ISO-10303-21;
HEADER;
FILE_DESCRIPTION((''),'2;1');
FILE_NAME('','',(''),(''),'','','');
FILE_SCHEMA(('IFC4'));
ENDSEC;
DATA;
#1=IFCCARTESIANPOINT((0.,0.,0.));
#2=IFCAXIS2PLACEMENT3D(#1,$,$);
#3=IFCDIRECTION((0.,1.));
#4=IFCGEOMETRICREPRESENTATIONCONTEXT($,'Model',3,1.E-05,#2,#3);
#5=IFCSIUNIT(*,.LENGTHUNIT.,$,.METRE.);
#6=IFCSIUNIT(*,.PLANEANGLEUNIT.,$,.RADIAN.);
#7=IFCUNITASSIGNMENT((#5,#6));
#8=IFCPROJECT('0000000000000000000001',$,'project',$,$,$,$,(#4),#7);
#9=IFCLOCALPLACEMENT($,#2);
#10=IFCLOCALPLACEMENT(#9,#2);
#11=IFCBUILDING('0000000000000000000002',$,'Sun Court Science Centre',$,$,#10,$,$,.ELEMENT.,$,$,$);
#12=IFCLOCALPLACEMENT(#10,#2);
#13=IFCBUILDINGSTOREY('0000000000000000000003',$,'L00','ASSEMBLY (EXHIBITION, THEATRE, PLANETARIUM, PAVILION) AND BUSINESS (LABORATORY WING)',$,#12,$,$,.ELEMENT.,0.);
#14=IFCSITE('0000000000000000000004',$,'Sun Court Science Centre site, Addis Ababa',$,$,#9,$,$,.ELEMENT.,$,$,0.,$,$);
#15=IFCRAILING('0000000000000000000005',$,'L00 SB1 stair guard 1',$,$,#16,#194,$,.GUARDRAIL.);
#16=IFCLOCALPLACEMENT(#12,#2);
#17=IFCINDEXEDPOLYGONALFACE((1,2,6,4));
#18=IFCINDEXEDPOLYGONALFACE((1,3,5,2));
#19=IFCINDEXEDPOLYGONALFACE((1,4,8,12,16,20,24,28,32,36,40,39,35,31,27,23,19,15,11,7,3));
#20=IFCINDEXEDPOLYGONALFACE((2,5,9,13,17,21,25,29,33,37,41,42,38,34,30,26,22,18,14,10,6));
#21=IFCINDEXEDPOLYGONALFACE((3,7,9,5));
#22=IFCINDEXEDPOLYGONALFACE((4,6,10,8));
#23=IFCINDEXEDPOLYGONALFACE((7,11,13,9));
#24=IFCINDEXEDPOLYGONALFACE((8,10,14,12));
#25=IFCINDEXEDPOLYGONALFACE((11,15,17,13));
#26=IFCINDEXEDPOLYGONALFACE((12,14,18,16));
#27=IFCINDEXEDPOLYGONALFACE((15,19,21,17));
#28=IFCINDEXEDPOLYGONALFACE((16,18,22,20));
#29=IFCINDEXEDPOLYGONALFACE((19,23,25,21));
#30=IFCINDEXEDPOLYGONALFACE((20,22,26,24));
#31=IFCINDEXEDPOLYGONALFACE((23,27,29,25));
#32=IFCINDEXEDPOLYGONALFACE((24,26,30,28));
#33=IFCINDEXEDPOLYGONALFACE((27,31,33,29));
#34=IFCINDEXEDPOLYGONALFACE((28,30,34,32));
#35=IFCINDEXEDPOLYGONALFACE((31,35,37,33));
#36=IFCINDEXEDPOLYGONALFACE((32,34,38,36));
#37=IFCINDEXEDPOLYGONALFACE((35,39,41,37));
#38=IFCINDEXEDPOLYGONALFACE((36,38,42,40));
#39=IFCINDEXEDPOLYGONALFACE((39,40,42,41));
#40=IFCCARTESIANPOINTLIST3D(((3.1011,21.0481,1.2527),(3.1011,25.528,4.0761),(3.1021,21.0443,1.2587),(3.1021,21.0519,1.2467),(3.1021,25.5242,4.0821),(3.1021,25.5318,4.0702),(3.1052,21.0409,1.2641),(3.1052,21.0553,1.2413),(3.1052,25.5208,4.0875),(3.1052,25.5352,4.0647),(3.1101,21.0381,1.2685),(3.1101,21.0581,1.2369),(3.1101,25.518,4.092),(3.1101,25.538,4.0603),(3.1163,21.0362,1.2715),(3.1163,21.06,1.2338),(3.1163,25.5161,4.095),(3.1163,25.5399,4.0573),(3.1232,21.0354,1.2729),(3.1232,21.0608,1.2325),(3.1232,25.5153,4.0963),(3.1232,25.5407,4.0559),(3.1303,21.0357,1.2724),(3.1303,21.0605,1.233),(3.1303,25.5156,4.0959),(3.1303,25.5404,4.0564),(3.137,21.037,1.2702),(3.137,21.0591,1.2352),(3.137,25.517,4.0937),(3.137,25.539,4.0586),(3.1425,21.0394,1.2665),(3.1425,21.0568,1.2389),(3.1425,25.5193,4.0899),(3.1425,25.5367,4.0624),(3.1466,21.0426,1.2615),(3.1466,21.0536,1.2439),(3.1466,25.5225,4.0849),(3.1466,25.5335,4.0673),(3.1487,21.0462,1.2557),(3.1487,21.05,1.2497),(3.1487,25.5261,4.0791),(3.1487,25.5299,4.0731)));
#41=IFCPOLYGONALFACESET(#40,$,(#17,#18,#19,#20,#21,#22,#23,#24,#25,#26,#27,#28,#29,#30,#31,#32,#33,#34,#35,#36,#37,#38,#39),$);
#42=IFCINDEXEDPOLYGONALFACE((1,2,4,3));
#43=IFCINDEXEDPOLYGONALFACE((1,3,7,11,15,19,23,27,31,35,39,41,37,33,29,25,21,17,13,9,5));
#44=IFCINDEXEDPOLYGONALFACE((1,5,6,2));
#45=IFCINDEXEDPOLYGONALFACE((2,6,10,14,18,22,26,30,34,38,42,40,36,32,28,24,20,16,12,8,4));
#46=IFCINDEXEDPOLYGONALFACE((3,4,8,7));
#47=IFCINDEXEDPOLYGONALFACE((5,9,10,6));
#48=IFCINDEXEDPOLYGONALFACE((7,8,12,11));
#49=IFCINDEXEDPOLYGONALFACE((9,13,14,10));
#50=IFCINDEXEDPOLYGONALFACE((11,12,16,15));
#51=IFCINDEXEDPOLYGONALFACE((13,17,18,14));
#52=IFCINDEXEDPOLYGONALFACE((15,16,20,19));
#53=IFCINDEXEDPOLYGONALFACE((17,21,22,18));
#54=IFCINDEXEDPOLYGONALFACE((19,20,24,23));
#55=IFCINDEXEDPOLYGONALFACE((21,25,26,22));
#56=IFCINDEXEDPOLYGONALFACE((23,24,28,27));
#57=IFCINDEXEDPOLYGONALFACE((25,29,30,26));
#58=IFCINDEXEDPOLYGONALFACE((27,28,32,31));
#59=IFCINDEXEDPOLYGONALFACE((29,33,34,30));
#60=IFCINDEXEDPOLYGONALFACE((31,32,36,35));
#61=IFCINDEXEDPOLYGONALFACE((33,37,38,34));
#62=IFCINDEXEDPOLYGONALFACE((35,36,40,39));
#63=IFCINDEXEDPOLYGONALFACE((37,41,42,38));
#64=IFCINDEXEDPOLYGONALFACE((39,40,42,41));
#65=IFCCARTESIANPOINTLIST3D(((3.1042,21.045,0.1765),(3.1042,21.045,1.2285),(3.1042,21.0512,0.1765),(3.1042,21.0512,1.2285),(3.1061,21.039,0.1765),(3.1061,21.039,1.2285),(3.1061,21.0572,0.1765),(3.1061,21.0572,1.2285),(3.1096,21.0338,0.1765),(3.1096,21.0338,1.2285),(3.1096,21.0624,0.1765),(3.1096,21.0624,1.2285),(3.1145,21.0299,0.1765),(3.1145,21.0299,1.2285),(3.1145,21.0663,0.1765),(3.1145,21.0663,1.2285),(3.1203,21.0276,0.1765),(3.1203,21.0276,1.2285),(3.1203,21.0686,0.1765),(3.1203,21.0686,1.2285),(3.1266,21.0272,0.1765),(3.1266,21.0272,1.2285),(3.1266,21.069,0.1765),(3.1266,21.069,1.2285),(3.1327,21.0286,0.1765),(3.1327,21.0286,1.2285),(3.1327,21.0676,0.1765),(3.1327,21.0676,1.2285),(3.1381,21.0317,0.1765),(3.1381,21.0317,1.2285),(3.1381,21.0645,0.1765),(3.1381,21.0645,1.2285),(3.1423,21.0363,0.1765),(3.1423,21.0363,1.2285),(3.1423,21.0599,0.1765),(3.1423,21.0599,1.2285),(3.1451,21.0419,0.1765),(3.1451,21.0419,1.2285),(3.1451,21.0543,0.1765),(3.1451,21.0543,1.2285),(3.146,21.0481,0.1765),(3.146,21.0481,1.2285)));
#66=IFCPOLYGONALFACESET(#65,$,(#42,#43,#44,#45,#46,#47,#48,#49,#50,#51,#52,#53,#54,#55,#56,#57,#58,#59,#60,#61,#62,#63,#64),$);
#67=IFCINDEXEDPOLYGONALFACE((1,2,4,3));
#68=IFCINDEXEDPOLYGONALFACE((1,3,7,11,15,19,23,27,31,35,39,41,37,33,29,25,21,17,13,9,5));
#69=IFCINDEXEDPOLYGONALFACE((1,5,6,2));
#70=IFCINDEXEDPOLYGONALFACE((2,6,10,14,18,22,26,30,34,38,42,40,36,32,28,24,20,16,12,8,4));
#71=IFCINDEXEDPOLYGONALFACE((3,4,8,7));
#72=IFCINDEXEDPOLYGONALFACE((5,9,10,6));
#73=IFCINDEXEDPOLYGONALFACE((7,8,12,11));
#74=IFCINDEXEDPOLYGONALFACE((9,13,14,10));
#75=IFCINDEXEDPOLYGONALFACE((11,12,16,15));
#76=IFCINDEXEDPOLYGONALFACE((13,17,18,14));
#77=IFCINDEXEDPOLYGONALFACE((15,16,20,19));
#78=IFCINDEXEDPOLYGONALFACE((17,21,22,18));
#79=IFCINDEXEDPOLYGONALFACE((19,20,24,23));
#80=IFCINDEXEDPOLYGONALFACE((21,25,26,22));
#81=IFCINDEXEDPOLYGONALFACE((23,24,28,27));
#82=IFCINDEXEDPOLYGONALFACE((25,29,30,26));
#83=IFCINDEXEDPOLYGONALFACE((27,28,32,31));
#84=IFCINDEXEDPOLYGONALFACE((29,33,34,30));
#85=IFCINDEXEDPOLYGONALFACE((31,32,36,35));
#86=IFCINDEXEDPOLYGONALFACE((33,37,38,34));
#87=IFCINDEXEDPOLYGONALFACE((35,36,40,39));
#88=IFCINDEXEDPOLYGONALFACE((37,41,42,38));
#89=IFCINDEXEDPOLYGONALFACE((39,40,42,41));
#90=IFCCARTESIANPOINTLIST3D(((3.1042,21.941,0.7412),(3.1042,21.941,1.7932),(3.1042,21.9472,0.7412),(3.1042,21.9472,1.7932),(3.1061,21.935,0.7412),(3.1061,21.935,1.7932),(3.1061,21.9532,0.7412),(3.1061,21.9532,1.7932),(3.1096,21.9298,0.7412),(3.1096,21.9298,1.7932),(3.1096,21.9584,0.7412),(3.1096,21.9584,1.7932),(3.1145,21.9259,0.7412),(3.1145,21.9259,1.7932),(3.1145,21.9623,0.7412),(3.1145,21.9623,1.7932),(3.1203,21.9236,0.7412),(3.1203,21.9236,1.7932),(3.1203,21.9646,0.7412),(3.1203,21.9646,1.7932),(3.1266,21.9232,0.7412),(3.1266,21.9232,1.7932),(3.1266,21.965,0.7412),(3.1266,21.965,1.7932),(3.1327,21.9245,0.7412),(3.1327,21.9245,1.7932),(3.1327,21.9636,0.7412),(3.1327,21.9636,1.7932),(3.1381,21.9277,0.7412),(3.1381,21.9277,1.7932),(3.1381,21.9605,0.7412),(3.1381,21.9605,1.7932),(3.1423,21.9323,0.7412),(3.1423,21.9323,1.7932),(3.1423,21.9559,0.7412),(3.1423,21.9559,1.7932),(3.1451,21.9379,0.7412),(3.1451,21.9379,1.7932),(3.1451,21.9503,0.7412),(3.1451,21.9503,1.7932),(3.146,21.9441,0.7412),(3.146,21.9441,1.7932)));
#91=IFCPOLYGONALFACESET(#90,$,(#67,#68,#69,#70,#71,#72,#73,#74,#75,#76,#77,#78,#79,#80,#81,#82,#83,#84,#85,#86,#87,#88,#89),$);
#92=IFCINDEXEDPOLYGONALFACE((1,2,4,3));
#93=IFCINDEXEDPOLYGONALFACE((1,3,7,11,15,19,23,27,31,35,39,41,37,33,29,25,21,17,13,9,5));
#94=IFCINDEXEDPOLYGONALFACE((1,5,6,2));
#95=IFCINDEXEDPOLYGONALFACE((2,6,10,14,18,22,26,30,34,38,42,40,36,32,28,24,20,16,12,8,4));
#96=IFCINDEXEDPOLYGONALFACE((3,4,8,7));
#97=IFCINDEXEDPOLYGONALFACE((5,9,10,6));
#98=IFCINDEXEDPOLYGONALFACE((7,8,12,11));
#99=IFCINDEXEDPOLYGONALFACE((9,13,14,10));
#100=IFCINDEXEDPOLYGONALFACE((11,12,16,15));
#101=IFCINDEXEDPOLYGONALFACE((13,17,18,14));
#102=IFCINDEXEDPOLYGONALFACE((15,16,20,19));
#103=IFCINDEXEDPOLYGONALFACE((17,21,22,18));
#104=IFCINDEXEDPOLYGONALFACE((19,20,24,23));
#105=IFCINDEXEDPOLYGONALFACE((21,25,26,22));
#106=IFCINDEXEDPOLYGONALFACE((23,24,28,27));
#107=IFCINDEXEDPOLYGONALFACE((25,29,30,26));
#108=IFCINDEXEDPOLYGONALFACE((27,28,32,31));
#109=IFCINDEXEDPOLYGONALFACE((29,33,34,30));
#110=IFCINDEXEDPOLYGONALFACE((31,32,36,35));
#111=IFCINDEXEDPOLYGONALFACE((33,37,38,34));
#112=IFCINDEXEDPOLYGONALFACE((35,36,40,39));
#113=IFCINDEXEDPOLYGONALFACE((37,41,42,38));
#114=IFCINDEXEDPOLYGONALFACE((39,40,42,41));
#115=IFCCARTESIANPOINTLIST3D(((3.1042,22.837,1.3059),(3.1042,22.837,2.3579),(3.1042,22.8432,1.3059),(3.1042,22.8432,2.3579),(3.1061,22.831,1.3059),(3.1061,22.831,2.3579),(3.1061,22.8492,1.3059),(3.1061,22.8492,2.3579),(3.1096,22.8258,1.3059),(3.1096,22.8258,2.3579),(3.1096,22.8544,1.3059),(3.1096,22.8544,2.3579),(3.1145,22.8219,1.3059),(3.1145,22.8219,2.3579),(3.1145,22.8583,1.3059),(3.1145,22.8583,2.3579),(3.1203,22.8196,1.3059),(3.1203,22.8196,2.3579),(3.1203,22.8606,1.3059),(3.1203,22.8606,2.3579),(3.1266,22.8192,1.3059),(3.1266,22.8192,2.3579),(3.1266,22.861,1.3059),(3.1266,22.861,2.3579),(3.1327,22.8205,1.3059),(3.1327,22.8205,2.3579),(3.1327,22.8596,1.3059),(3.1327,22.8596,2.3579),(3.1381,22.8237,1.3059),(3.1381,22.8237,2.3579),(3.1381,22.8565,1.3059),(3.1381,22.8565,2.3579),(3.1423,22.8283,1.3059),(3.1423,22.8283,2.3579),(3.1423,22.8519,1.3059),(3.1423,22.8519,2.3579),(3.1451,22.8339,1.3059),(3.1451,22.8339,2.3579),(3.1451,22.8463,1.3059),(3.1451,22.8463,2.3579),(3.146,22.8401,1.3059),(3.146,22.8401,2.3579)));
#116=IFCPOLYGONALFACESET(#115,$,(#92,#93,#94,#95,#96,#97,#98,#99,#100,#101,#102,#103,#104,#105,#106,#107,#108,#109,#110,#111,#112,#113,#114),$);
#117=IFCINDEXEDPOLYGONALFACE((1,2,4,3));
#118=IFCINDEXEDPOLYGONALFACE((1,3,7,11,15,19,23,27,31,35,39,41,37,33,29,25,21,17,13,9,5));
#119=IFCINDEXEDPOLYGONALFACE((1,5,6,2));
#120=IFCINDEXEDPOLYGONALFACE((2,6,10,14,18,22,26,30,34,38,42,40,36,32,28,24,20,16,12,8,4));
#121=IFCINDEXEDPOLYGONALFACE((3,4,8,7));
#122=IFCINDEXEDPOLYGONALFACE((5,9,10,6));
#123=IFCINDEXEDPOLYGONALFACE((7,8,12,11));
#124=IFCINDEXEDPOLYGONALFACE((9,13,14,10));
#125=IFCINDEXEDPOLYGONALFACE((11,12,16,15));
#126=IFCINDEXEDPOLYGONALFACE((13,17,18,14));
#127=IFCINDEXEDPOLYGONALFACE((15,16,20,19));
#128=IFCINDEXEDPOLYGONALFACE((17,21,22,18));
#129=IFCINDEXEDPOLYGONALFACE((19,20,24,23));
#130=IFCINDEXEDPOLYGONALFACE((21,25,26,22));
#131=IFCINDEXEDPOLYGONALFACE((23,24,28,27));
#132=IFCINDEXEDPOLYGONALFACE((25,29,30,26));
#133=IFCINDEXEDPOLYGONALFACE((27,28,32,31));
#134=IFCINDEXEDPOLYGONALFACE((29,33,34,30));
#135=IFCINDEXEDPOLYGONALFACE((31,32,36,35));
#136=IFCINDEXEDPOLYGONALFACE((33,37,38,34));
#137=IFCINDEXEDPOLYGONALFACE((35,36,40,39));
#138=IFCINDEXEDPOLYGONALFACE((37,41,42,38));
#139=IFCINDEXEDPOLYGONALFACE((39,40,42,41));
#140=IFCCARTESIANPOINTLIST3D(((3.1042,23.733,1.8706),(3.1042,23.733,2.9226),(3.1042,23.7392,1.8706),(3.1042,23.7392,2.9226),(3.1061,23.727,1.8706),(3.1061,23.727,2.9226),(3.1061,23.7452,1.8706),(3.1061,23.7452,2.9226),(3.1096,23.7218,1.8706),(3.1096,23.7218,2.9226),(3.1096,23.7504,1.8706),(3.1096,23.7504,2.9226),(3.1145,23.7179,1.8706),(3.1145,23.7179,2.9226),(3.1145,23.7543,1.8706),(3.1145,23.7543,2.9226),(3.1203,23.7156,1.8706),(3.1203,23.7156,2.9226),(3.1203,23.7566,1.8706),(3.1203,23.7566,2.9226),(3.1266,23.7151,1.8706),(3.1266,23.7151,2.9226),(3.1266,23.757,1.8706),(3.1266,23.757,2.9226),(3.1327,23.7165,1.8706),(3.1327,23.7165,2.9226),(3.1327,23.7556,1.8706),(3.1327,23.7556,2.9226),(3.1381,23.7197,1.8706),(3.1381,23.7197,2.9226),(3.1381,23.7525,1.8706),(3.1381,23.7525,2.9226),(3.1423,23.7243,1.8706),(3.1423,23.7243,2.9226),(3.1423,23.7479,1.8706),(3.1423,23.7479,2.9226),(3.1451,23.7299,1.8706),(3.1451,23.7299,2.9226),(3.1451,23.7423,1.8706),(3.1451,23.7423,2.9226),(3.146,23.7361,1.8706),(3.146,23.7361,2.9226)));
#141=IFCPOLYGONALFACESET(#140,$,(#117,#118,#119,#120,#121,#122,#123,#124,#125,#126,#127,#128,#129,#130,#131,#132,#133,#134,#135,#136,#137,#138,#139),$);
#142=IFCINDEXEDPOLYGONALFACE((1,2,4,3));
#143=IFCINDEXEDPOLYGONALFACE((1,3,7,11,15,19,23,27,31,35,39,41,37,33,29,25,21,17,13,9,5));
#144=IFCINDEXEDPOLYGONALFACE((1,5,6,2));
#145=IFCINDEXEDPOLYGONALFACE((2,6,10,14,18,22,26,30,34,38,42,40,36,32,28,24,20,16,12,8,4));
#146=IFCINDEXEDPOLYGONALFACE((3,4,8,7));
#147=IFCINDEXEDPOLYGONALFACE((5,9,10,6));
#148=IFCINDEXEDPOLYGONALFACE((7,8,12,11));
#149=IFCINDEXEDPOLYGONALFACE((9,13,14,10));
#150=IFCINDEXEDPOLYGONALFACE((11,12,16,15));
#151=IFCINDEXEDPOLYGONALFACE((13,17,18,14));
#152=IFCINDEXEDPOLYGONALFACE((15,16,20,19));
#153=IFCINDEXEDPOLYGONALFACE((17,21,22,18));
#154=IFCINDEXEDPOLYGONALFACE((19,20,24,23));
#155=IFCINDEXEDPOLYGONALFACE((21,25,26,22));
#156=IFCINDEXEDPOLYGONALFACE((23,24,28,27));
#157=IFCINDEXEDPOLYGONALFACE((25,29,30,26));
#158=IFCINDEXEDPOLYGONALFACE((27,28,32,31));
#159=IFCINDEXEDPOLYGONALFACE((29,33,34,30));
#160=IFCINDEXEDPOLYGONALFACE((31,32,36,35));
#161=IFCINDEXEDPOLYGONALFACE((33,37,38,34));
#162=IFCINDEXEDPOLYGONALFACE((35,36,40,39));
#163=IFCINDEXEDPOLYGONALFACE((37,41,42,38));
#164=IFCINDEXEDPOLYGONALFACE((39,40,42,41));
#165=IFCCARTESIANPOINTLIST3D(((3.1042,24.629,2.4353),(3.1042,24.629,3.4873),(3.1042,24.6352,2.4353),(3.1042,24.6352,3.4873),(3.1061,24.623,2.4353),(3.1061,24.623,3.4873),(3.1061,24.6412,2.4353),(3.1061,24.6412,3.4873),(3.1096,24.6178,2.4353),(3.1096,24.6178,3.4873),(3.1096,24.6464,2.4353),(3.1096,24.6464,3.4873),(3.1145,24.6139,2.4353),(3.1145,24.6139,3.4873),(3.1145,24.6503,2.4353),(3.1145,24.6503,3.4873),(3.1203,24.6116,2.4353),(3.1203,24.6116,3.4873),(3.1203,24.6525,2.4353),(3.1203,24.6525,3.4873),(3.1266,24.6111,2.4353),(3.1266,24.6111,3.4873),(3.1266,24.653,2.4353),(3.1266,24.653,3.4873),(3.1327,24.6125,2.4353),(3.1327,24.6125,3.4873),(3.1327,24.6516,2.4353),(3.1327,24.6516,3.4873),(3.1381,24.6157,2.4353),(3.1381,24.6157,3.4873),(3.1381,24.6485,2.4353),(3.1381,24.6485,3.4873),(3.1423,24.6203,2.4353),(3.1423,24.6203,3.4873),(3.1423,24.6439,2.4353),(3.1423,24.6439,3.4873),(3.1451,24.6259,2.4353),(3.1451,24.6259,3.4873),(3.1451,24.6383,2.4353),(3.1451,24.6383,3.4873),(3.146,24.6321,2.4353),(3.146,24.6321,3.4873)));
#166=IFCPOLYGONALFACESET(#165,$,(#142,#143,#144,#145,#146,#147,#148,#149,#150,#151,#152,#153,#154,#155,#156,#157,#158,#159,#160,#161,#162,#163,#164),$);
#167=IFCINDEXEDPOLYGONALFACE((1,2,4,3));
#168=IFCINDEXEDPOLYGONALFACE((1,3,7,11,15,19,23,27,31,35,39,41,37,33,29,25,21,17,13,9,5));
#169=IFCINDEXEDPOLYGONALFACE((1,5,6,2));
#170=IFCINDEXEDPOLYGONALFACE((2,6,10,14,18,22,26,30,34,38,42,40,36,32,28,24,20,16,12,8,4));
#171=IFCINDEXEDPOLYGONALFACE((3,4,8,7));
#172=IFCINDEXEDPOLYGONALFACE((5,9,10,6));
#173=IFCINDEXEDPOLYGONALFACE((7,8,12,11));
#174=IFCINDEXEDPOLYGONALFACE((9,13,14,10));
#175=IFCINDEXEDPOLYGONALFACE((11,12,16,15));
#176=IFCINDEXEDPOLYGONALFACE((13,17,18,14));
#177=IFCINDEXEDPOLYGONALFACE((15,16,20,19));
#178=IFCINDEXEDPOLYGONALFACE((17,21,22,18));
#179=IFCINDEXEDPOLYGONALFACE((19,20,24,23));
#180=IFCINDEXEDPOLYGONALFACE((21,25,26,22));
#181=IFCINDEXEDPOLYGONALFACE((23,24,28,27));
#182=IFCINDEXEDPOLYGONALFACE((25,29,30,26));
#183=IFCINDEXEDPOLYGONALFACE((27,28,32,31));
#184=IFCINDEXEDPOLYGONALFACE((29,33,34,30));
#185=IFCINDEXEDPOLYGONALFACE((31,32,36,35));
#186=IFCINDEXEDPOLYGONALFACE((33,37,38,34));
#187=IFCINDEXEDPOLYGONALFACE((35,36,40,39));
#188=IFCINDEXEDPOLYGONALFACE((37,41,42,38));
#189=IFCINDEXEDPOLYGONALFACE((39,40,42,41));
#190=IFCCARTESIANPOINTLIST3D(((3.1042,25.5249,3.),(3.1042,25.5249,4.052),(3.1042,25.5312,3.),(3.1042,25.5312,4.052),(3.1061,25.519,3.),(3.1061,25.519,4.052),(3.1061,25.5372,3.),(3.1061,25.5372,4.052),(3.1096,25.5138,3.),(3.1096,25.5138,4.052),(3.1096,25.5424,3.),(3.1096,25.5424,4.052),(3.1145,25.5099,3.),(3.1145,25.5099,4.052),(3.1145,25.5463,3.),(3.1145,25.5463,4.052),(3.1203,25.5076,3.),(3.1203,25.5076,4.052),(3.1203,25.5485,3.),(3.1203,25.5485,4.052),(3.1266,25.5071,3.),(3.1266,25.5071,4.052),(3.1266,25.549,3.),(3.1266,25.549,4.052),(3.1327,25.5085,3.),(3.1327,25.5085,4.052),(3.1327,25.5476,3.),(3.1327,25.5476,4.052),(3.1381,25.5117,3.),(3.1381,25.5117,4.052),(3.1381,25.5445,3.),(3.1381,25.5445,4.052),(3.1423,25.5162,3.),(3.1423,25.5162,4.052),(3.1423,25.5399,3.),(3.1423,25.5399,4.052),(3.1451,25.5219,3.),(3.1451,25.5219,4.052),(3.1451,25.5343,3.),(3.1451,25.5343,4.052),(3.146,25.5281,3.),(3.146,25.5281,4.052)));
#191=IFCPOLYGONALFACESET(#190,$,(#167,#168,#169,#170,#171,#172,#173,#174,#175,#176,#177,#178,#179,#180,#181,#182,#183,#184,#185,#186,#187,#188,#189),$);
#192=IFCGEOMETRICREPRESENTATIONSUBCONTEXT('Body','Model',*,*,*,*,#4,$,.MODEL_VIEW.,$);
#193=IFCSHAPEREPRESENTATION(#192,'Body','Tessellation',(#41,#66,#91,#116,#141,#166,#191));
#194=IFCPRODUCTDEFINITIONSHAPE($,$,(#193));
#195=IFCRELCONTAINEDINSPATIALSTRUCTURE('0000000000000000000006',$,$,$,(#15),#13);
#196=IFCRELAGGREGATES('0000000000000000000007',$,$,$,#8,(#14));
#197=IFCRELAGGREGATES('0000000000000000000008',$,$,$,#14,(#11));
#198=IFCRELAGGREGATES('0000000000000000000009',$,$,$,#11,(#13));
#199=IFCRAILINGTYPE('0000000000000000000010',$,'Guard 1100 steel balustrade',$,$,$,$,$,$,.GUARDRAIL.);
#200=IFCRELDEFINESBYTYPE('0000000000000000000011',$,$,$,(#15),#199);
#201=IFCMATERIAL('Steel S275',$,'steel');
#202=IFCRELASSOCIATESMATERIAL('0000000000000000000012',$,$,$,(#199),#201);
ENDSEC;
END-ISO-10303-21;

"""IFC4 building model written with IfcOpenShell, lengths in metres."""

from ifc_helpers import new_model, si_unit, direction, frame, origin, origin_2d, place, context, subcontext, project, spatial, circle, extrude, material, type_object, element, save


model = new_model("IFC4")

# Units and contexts
model_context = context("Model", 3, precision=1e-05, world=origin(), true_north=direction((0.0, 1.0)))
body_context = subcontext(model_context, "Body", "Model", "MODEL_VIEW")
ifc_project = project(units=[si_unit("LENGTHUNIT", "METRE"), si_unit("PLANEANGLEUNIT", "RADIAN")], contexts=[model_context])

# Site, building, storey
site_placement = place(None, origin())
site = spatial("IfcSite", under=ifc_project, at=site_placement, Name="Sun Court Science Centre site, Addis Ababa", CompositionType="ELEMENT", RefElevation=0.0)
building_placement = place(site_placement, origin())
building = spatial("IfcBuilding", under=site, at=building_placement, Name="Sun Court Science Centre", CompositionType="ELEMENT")
storey_placement = place(building_placement, origin())
storey = spatial("IfcBuildingStorey", under=building, at=storey_placement, Name="L00", Description="ASSEMBLY (EXHIBITION, THEATRE, PLANETARIUM, PAVILION) AND BUSINESS (LABORATORY WING)", CompositionType="ELEMENT", Elevation=0.0)

# Railing
ifc_material_1 = material(Name="Steel S275", Category="steel")
railing_type_1 = type_object("IfcRailingType", Name="Guard 1100 steel balustrade", PredefinedType="GUARDRAIL", material=ifc_material_1)
railing_1_placement = place(storey_placement, frame((3.125, 21.0481, 0.1765)))
element("IfcRailing", 1, at=railing_1_placement, inside=storey, type_object=railing_type_1, Name="L00 SB1 stair guard 1", PredefinedType="GUARDRAIL", context=body_context, shape_type="SweptSolid", body=[
    extrude(circle(Radius=0.0239, at=origin_2d()), frame((0.0, 0.0, 1.0762), z_axis=(0.0, 0.845998, 0.533186), x_axis=(-1.0, 0.0, 0.0)), (0.0, 0.0, 1.0), 5.2954),
    extrude(circle(Radius=0.021, at=origin_2d()), origin(), (0.0, 0.0, 1.0), 1.052),
    extrude(circle(Radius=0.021, at=origin_2d()), frame((0.0, 0.896, 0.5647)), (0.0, 0.0, 1.0), 1.052),
    extrude(circle(Radius=0.021, at=origin_2d()), frame((0.0, 1.792, 1.1294)), (0.0, 0.0, 1.0), 1.052),
    extrude(circle(Radius=0.021, at=origin_2d()), frame((0.0, 2.688, 1.6941)), (0.0, 0.0, 1.0), 1.052),
    extrude(circle(Radius=0.021, at=origin_2d()), frame((0.0, 3.584, 2.2588)), (0.0, 0.0, 1.0), 1.052),
    extrude(circle(Radius=0.021, at=origin_2d()), frame((0.0, 4.48, 2.8235)), (0.0, 0.0, 1.0), 1.052),
])

save(model, "model.ifc")
